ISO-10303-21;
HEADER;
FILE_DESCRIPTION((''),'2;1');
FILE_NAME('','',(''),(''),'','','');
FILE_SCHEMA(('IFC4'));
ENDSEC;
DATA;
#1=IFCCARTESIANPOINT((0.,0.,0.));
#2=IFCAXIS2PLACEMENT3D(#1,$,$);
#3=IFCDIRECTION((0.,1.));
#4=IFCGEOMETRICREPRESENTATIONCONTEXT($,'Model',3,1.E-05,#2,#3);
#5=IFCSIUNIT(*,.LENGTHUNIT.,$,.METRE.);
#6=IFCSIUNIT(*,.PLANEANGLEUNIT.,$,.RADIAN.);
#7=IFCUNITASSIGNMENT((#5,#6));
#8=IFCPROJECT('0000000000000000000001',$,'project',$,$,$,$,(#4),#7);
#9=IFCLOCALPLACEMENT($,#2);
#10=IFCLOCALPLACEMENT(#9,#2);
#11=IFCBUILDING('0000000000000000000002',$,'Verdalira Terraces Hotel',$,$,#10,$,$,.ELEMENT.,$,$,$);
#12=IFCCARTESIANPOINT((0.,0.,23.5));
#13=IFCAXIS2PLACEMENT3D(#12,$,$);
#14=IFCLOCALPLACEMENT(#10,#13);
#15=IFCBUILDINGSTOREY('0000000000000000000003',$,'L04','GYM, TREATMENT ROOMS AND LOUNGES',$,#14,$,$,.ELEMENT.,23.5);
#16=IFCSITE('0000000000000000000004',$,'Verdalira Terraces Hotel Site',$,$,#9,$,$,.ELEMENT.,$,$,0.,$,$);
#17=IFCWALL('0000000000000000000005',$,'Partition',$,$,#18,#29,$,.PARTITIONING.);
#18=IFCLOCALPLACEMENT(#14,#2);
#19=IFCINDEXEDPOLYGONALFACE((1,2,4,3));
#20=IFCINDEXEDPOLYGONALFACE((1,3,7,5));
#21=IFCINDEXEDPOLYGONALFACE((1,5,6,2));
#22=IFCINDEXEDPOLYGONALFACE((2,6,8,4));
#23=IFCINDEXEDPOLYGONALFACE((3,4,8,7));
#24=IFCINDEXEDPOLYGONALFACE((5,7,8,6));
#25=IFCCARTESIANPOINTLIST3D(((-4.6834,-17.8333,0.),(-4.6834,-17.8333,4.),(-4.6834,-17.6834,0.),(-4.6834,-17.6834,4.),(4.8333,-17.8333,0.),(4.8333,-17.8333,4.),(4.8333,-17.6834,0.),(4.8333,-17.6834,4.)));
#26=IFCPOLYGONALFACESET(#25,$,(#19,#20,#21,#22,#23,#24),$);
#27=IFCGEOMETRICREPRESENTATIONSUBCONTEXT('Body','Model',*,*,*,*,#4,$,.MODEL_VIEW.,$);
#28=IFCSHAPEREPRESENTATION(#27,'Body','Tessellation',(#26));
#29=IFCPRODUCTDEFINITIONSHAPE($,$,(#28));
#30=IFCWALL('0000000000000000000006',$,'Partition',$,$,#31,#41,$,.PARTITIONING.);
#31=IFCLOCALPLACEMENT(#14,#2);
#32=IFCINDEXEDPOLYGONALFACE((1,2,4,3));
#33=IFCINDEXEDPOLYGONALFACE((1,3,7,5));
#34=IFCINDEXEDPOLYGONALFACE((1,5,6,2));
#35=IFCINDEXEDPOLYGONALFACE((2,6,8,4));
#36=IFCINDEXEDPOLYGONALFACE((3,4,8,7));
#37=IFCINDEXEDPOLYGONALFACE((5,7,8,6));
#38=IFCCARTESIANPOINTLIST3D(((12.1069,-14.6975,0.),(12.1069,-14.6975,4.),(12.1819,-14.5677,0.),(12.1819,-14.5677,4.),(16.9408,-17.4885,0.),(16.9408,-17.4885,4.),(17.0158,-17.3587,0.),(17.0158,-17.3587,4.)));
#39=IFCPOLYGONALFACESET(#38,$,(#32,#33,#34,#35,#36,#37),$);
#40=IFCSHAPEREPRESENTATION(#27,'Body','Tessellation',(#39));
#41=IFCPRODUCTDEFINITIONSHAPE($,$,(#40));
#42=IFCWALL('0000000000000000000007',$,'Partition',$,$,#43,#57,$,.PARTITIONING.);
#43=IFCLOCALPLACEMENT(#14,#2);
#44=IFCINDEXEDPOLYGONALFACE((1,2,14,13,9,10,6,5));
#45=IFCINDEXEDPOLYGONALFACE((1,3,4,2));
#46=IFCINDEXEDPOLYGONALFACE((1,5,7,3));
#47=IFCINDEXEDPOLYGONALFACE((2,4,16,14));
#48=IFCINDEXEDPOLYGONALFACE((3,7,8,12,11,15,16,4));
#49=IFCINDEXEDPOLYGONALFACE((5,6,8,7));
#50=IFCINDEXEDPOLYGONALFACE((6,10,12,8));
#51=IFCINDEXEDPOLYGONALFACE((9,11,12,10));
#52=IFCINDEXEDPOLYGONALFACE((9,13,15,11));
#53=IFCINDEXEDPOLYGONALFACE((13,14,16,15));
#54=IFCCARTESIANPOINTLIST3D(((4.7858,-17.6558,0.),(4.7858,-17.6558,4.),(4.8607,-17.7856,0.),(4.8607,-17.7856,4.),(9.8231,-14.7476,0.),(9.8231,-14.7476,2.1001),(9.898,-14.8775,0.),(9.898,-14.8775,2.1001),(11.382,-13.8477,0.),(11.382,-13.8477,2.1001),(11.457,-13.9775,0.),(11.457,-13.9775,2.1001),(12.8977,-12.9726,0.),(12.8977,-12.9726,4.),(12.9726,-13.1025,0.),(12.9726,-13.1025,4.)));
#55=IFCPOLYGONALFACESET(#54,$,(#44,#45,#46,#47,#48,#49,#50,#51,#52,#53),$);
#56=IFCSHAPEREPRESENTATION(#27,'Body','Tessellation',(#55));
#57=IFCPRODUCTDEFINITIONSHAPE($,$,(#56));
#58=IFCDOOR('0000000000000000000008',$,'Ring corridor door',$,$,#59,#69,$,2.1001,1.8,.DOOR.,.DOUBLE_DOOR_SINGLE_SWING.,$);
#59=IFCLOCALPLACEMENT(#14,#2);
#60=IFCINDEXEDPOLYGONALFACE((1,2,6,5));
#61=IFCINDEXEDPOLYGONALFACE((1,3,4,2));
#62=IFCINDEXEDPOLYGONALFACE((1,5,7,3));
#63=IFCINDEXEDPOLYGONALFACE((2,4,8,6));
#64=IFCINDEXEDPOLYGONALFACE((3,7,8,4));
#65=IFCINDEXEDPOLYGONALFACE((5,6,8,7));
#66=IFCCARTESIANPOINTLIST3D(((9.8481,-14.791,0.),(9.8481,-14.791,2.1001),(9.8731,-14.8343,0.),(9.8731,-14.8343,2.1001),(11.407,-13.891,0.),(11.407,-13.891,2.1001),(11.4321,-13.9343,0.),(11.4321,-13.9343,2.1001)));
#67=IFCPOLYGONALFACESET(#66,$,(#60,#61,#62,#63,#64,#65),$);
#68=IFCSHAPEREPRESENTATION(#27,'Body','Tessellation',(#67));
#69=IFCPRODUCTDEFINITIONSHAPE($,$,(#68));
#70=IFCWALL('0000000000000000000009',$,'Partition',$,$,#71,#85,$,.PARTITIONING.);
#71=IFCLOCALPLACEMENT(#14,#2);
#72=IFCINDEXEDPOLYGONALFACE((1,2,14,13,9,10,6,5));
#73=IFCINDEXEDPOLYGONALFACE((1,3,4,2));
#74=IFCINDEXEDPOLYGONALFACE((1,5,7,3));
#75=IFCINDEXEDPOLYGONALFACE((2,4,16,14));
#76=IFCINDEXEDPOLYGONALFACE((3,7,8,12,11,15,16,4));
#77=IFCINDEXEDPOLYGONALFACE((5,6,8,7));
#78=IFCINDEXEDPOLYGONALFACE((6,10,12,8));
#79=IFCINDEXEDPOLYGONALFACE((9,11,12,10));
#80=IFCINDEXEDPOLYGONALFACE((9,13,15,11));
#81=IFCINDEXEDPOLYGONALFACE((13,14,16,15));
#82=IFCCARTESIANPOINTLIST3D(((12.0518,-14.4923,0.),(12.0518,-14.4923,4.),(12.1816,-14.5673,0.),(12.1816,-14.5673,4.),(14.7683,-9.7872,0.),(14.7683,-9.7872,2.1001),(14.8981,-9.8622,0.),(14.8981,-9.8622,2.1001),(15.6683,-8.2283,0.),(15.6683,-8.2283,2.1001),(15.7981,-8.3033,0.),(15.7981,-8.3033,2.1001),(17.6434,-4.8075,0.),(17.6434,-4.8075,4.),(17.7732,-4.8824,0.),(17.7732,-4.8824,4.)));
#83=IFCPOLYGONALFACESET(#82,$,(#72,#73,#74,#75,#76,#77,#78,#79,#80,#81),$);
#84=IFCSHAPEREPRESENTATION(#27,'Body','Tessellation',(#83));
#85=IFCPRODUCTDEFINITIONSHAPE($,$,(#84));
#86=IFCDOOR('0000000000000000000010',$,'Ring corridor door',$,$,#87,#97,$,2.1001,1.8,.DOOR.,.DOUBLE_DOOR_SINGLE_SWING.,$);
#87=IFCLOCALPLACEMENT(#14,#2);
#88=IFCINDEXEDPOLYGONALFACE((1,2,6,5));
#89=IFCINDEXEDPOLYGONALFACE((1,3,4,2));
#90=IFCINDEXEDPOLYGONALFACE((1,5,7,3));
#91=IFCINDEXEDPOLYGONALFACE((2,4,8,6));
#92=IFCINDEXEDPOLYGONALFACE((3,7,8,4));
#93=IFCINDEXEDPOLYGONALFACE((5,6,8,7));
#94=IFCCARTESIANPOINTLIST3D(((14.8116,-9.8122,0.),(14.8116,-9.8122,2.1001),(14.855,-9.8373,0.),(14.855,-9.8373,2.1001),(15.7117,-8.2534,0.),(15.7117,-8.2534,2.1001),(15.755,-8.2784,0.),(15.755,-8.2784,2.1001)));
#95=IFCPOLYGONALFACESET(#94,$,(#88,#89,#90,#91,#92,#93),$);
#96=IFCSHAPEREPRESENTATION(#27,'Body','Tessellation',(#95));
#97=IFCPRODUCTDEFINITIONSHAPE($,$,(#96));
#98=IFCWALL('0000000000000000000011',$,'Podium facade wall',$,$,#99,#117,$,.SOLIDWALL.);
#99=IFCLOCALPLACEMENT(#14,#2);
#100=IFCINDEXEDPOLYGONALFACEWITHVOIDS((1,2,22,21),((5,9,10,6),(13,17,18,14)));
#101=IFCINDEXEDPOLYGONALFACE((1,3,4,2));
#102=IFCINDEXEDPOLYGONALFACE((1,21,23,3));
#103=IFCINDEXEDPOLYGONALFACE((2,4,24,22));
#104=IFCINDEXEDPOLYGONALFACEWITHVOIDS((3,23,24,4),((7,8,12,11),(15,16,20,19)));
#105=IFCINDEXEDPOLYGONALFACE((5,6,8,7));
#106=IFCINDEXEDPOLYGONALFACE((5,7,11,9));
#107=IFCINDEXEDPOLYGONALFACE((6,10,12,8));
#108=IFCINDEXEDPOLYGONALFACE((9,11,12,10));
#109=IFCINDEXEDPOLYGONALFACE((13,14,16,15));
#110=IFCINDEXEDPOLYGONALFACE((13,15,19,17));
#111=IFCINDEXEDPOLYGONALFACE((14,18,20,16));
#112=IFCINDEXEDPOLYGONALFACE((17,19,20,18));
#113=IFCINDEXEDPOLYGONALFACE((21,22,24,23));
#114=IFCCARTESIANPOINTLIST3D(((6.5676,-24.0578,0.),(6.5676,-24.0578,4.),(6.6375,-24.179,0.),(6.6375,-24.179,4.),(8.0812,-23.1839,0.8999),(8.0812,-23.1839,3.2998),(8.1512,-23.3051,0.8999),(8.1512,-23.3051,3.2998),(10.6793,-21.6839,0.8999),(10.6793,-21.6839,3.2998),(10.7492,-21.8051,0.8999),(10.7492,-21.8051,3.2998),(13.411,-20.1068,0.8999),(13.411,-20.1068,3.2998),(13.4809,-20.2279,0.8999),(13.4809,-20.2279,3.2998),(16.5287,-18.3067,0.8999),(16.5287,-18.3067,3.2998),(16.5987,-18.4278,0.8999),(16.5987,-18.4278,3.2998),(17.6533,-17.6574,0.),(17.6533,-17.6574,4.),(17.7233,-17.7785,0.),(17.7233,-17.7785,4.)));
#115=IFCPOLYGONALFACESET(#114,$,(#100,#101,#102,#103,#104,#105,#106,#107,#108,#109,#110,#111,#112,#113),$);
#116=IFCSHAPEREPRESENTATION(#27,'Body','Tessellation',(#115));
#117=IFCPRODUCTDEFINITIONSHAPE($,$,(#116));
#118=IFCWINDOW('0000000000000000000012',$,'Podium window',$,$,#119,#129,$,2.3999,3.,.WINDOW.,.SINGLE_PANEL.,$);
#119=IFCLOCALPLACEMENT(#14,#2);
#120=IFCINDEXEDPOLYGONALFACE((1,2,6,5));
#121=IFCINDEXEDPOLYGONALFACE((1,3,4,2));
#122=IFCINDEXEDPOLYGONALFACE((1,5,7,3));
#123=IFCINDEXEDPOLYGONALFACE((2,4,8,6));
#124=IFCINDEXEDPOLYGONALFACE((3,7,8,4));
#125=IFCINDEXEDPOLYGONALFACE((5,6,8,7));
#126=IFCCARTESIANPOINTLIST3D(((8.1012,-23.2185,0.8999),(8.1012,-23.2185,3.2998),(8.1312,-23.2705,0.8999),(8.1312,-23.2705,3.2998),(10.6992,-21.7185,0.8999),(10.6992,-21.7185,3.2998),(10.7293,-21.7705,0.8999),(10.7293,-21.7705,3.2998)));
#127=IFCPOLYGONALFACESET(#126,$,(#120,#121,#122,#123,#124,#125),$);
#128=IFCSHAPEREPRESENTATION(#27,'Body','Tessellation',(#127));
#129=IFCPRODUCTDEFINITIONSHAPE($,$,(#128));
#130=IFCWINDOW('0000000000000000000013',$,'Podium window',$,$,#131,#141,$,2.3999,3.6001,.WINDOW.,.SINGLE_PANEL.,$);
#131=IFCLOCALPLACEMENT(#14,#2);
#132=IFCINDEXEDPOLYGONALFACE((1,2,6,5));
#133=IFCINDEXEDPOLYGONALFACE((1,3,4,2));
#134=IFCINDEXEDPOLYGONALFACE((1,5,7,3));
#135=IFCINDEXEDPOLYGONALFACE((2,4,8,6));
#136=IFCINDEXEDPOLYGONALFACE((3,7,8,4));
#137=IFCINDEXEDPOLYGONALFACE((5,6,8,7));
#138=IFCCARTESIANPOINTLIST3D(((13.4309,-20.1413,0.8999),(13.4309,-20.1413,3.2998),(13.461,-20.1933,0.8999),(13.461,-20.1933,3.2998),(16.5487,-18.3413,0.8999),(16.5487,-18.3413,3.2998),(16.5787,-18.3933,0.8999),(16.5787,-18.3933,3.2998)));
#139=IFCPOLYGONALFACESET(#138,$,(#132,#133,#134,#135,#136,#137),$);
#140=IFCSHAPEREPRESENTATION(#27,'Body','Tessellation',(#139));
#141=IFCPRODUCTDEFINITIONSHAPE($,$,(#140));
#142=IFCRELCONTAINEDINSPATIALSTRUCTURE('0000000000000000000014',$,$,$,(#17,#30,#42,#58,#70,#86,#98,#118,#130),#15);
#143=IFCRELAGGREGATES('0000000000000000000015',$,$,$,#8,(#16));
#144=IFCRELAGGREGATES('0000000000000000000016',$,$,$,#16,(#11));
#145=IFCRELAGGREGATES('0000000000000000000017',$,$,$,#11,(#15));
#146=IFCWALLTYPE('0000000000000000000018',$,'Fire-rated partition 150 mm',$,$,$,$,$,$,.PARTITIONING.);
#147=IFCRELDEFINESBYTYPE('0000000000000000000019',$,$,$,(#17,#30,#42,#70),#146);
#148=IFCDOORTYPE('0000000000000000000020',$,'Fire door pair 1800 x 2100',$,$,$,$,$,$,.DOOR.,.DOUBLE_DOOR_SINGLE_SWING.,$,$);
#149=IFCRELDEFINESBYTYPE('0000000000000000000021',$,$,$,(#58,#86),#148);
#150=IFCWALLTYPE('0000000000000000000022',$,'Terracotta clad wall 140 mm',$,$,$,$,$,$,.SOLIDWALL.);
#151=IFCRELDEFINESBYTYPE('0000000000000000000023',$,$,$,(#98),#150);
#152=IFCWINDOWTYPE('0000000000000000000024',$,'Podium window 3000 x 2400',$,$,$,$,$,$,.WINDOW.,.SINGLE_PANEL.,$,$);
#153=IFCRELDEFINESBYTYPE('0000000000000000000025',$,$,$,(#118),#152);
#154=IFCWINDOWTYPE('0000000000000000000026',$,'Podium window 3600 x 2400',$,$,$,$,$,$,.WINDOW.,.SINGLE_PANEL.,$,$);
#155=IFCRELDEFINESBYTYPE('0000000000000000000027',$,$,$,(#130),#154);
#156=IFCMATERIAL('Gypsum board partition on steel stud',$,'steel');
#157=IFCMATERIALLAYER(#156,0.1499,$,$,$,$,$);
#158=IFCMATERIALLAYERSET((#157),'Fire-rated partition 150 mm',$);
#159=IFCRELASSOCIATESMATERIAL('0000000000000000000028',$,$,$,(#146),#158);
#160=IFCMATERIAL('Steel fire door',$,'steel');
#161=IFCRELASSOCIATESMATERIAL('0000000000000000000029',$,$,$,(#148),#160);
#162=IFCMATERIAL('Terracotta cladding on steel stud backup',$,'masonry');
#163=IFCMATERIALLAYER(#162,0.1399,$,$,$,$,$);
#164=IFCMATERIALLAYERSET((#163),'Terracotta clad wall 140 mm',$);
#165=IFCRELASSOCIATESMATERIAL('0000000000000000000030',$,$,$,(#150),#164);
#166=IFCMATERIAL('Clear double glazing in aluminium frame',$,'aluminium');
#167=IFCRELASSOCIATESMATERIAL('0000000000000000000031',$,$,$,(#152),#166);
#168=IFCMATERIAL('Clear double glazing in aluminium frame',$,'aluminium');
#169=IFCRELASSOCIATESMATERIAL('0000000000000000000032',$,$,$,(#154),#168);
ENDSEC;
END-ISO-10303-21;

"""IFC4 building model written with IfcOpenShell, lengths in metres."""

from ifc_helpers import new_model, si_unit, direction, frame, frame_2d, origin, place, context, subcontext, project, spatial, rectangle, extrude, material, layer, layer_set, type_object, element, fill, save


model = new_model("IFC4")

# Units and contexts
model_context = context("Model", 3, precision=1e-05, world=origin(), true_north=direction((0.0, 1.0)))
body_context = subcontext(model_context, "Body", "Model", "MODEL_VIEW")
ifc_project = project(units=[si_unit("LENGTHUNIT", "METRE"), si_unit("PLANEANGLEUNIT", "RADIAN")], contexts=[model_context])

# Site, building, storey
site_placement = place(None, origin())
site = spatial("IfcSite", under=ifc_project, at=site_placement, Name="Verdalira Terraces Hotel Site", CompositionType="ELEMENT", RefElevation=0.0)
building_placement = place(site_placement, origin())
building = spatial("IfcBuilding", under=site, at=building_placement, Name="Verdalira Terraces Hotel", CompositionType="ELEMENT")
storey_placement = place(building_placement, frame((0.0, 0.0, 23.5)))
storey = spatial("IfcBuildingStorey", under=building, at=storey_placement, Name="L04", Description="GYM, TREATMENT ROOMS AND LOUNGES", CompositionType="ELEMENT", Elevation=23.5)

# Walls
ifc_material_1 = material(Name="Gypsum board partition on steel stud", Category="steel")
ifc_layer_1 = layer(ifc_material_1, 0.1499)
ifc_layer_set_1 = layer_set([ifc_layer_1], Name="Fire-rated partition 150 mm")
wall_type_1 = type_object("IfcWallType", Name="Fire-rated partition 150 mm", PredefinedType="PARTITIONING", material=ifc_layer_set_1)
wall_1_placement = place(storey_placement, frame((4.8333, -17.7583, 0.0), z_axis=(0.0, 0.0, 1.0), x_axis=(-1.0, 0.0, 0.0)))
element("IfcWall", 1, at=wall_1_placement, inside=storey, type_object=wall_type_1, Name="Partition", PredefinedType="PARTITIONING", context=body_context, shape_type="SweptSolid", body=[
    extrude(rectangle(XDim=9.5166, YDim=0.1499, at=frame_2d((4.7583, 0.0))), origin(), (0.0, 0.0, 1.0), 4.0),
])
wall_2_placement = place(storey_placement, frame((12.1443, -14.6326, 0.0), z_axis=(0.0, 0.0, 1.0), x_axis=(0.866017, -0.500015, 0.0)))
element("IfcWall", 2, at=wall_2_placement, inside=storey, type_object=wall_type_1, Name="Partition", PredefinedType="PARTITIONING", context=body_context, shape_type="SweptSolid", body=[
    extrude(rectangle(XDim=5.5818, YDim=0.1499, at=frame_2d((2.791, 0.0))), origin(), (0.0, 0.0, 1.0), 4.0),
])

# Walls, openings, doors
wall_3_placement = place(storey_placement, frame((4.8232, -17.7207, 0.0), z_axis=(0.0, 0.0, 1.0), x_axis=(0.866037, 0.49998, 0.0)))
wall_3 = element("IfcWall", 3, at=wall_3_placement, inside=storey, type_object=wall_type_1, Name="Partition", PredefinedType="PARTITIONING", context=body_context, shape_type="SweptSolid", body=[
    extrude(rectangle(XDim=9.3667, YDim=0.1499, at=frame_2d((4.6833, 0.0))), origin(), (0.0, 0.0, 1.0), 4.0),
])
opening_1_placement = place(wall_3_placement, frame((5.8167, 0.0, 0.0)))
opening_1 = element("IfcOpeningElement", 4, at=opening_1_placement, cuts=wall_3, PredefinedType="OPENING", context=body_context, shape_type="SweptSolid", body=[
    extrude(rectangle(XDim=1.8, YDim=2.1001, at=frame_2d((0.8999, 1.05))), frame((0.0, 0.085, 0.0), z_axis=(0.0, -1.0, 0.0), x_axis=(1.0, 0.0, 0.0)), (0.0, 0.0, 1.0), 0.1699),
])
ifc_material_2 = material(Name="Steel fire door", Category="steel")
door_type_1 = type_object("IfcDoorType", Name="Fire door pair 1800 x 2100", OperationType="DOUBLE_DOOR_SINGLE_SWING", PredefinedType="DOOR", material=ifc_material_2)
door_1_placement = place(opening_1_placement, origin())
door_1 = element("IfcDoor", 5, at=door_1_placement, inside=storey, type_object=door_type_1, Name="Ring corridor door", OperationType="DOUBLE_DOOR_SINGLE_SWING", OverallHeight=2.1001, OverallWidth=1.8, PredefinedType="DOOR", context=body_context, shape_type="SweptSolid", body=[
    extrude(rectangle(XDim=1.8, YDim=2.1001, at=frame_2d((0.8999, 1.05))), frame((0.0, 0.0249, 0.0), z_axis=(0.0, -1.0, 0.0), x_axis=(1.0, 0.0, 0.0)), (0.0, 0.0, 1.0), 0.05),
])
fill(opening_1, door_1)
wall_4_placement = place(storey_placement, frame((12.1167, -14.5298, 0.0), z_axis=(0.0, 0.0, 1.0), x_axis=(0.500002, 0.866025, 0.0)))
wall_4 = element("IfcWall", 6, at=wall_4_placement, inside=storey, type_object=wall_type_1, Name="Partition", PredefinedType="PARTITIONING", context=body_context, shape_type="SweptSolid", body=[
    extrude(rectangle(XDim=11.1831, YDim=0.1499, at=frame_2d((5.5916, 0.0))), origin(), (0.0, 0.0, 1.0), 4.0),
])
opening_2_placement = place(wall_4_placement, frame((5.4331, 0.0, 0.0)))
opening_2 = element("IfcOpeningElement", 7, at=opening_2_placement, cuts=wall_4, PredefinedType="OPENING", context=body_context, shape_type="SweptSolid", body=[
    extrude(rectangle(XDim=1.8, YDim=2.1001, at=frame_2d((0.8999, 1.05))), frame((0.0, 0.085, 0.0), z_axis=(0.0, -1.0, 0.0), x_axis=(1.0, 0.0, 0.0)), (0.0, 0.0, 1.0), 0.1699),
])
door_2_placement = place(opening_2_placement, origin())
door_2 = element("IfcDoor", 8, at=door_2_placement, inside=storey, type_object=door_type_1, Name="Ring corridor door", OperationType="DOUBLE_DOOR_SINGLE_SWING", OverallHeight=2.1001, OverallWidth=1.8, PredefinedType="DOOR", context=body_context, shape_type="SweptSolid", body=[
    extrude(rectangle(XDim=1.8, YDim=2.1001, at=frame_2d((0.8999, 1.05))), frame((0.0, 0.0249, 0.0), z_axis=(0.0, -1.0, 0.0), x_axis=(1.0, 0.0, 0.0)), (0.0, 0.0, 1.0), 0.05),
])
fill(opening_2, door_2)

# Wall, openings, windows
ifc_material_3 = material(Name="Terracotta cladding on steel stud backup", Category="masonry")
ifc_layer_2 = layer(ifc_material_3, 0.1399)
ifc_layer_set_2 = layer_set([ifc_layer_2], Name="Terracotta clad wall 140 mm")
wall_type_2 = type_object("IfcWallType", Name="Terracotta clad wall 140 mm", PredefinedType="SOLIDWALL", material=ifc_layer_set_2)
wall_5_placement = place(storey_placement, frame((6.6025, -24.1184, 0.0), z_axis=(0.0, 0.0, 1.0), x_axis=(0.866023, 0.500004, 0.0)))
wall_5 = element("IfcWall", 9, at=wall_5_placement, inside=storey, type_object=wall_type_2, Name="Podium facade wall", PredefinedType="SOLIDWALL", context=body_context, shape_type="SweptSolid", body=[
    extrude(rectangle(XDim=12.8008, YDim=0.1399, at=frame_2d((6.4004, 0.0))), origin(), (0.0, 0.0, 1.0), 4.0),
])
opening_3_placement = place(wall_5_placement, frame((1.7478, 0.0, 0.8999)))
opening_3 = element("IfcOpeningElement", 10, at=opening_3_placement, cuts=wall_5, PredefinedType="OPENING", context=body_context, shape_type="SweptSolid", body=[
    extrude(rectangle(XDim=3.0, YDim=2.3999, at=frame_2d((1.5, 1.2))), frame((0.0, 0.0798, 0.0), z_axis=(0.0, -1.0, 0.0), x_axis=(1.0, 0.0, 0.0)), (0.0, 0.0, 1.0), 0.1599),
])
opening_4_placement = place(wall_5_placement, frame((7.9021, 0.0, 0.8999)))
opening_4 = element("IfcOpeningElement", 11, at=opening_4_placement, cuts=wall_5, PredefinedType="OPENING", context=body_context, shape_type="SweptSolid", body=[
    extrude(rectangle(XDim=3.6001, YDim=2.3999, at=frame_2d((1.8, 1.2))), frame((0.0, 0.0798, 0.0), z_axis=(0.0, -1.0, 0.0), x_axis=(1.0, 0.0, 0.0)), (0.0, 0.0, 1.0), 0.1599),
])
ifc_material_4 = material(Name="Clear double glazing in aluminium frame", Category="aluminium")
window_type_1 = type_object("IfcWindowType", Name="Podium window 3000 x 2400", PartitioningType="SINGLE_PANEL", PredefinedType="WINDOW", material=ifc_material_4)
window_1_placement = place(opening_3_placement, origin())
window_1 = element("IfcWindow", 12, at=window_1_placement, inside=storey, type_object=window_type_1, Name="Podium window", OverallHeight=2.3999, OverallWidth=3.0, PartitioningType="SINGLE_PANEL", PredefinedType="WINDOW", context=body_context, shape_type="SweptSolid", body=[
    extrude(rectangle(XDim=3.0, YDim=2.3999, at=frame_2d((1.5, 1.2))), frame((0.0, 0.03, 0.0), z_axis=(0.0, -1.0, 0.0), x_axis=(1.0, 0.0, 0.0)), (0.0, 0.0, 1.0), 0.0601),
])
fill(opening_3, window_1)
ifc_material_5 = material(Name="Clear double glazing in aluminium frame", Category="aluminium")
window_type_2 = type_object("IfcWindowType", Name="Podium window 3600 x 2400", PartitioningType="SINGLE_PANEL", PredefinedType="WINDOW", material=ifc_material_5)
window_2_placement = place(opening_4_placement, origin())
window_2 = element("IfcWindow", 13, at=window_2_placement, inside=storey, type_object=window_type_2, Name="Podium window", OverallHeight=2.3999, OverallWidth=3.6001, PartitioningType="SINGLE_PANEL", PredefinedType="WINDOW", context=body_context, shape_type="SweptSolid", body=[
    extrude(rectangle(XDim=3.6001, YDim=2.3999, at=frame_2d((1.8, 1.2))), frame((0.0, 0.03, 0.0), z_axis=(0.0, -1.0, 0.0), x_axis=(1.0, 0.0, 0.0)), (0.0, 0.0, 1.0), 0.0601),
])
fill(opening_4, window_2)

save(model, "model.ifc")
